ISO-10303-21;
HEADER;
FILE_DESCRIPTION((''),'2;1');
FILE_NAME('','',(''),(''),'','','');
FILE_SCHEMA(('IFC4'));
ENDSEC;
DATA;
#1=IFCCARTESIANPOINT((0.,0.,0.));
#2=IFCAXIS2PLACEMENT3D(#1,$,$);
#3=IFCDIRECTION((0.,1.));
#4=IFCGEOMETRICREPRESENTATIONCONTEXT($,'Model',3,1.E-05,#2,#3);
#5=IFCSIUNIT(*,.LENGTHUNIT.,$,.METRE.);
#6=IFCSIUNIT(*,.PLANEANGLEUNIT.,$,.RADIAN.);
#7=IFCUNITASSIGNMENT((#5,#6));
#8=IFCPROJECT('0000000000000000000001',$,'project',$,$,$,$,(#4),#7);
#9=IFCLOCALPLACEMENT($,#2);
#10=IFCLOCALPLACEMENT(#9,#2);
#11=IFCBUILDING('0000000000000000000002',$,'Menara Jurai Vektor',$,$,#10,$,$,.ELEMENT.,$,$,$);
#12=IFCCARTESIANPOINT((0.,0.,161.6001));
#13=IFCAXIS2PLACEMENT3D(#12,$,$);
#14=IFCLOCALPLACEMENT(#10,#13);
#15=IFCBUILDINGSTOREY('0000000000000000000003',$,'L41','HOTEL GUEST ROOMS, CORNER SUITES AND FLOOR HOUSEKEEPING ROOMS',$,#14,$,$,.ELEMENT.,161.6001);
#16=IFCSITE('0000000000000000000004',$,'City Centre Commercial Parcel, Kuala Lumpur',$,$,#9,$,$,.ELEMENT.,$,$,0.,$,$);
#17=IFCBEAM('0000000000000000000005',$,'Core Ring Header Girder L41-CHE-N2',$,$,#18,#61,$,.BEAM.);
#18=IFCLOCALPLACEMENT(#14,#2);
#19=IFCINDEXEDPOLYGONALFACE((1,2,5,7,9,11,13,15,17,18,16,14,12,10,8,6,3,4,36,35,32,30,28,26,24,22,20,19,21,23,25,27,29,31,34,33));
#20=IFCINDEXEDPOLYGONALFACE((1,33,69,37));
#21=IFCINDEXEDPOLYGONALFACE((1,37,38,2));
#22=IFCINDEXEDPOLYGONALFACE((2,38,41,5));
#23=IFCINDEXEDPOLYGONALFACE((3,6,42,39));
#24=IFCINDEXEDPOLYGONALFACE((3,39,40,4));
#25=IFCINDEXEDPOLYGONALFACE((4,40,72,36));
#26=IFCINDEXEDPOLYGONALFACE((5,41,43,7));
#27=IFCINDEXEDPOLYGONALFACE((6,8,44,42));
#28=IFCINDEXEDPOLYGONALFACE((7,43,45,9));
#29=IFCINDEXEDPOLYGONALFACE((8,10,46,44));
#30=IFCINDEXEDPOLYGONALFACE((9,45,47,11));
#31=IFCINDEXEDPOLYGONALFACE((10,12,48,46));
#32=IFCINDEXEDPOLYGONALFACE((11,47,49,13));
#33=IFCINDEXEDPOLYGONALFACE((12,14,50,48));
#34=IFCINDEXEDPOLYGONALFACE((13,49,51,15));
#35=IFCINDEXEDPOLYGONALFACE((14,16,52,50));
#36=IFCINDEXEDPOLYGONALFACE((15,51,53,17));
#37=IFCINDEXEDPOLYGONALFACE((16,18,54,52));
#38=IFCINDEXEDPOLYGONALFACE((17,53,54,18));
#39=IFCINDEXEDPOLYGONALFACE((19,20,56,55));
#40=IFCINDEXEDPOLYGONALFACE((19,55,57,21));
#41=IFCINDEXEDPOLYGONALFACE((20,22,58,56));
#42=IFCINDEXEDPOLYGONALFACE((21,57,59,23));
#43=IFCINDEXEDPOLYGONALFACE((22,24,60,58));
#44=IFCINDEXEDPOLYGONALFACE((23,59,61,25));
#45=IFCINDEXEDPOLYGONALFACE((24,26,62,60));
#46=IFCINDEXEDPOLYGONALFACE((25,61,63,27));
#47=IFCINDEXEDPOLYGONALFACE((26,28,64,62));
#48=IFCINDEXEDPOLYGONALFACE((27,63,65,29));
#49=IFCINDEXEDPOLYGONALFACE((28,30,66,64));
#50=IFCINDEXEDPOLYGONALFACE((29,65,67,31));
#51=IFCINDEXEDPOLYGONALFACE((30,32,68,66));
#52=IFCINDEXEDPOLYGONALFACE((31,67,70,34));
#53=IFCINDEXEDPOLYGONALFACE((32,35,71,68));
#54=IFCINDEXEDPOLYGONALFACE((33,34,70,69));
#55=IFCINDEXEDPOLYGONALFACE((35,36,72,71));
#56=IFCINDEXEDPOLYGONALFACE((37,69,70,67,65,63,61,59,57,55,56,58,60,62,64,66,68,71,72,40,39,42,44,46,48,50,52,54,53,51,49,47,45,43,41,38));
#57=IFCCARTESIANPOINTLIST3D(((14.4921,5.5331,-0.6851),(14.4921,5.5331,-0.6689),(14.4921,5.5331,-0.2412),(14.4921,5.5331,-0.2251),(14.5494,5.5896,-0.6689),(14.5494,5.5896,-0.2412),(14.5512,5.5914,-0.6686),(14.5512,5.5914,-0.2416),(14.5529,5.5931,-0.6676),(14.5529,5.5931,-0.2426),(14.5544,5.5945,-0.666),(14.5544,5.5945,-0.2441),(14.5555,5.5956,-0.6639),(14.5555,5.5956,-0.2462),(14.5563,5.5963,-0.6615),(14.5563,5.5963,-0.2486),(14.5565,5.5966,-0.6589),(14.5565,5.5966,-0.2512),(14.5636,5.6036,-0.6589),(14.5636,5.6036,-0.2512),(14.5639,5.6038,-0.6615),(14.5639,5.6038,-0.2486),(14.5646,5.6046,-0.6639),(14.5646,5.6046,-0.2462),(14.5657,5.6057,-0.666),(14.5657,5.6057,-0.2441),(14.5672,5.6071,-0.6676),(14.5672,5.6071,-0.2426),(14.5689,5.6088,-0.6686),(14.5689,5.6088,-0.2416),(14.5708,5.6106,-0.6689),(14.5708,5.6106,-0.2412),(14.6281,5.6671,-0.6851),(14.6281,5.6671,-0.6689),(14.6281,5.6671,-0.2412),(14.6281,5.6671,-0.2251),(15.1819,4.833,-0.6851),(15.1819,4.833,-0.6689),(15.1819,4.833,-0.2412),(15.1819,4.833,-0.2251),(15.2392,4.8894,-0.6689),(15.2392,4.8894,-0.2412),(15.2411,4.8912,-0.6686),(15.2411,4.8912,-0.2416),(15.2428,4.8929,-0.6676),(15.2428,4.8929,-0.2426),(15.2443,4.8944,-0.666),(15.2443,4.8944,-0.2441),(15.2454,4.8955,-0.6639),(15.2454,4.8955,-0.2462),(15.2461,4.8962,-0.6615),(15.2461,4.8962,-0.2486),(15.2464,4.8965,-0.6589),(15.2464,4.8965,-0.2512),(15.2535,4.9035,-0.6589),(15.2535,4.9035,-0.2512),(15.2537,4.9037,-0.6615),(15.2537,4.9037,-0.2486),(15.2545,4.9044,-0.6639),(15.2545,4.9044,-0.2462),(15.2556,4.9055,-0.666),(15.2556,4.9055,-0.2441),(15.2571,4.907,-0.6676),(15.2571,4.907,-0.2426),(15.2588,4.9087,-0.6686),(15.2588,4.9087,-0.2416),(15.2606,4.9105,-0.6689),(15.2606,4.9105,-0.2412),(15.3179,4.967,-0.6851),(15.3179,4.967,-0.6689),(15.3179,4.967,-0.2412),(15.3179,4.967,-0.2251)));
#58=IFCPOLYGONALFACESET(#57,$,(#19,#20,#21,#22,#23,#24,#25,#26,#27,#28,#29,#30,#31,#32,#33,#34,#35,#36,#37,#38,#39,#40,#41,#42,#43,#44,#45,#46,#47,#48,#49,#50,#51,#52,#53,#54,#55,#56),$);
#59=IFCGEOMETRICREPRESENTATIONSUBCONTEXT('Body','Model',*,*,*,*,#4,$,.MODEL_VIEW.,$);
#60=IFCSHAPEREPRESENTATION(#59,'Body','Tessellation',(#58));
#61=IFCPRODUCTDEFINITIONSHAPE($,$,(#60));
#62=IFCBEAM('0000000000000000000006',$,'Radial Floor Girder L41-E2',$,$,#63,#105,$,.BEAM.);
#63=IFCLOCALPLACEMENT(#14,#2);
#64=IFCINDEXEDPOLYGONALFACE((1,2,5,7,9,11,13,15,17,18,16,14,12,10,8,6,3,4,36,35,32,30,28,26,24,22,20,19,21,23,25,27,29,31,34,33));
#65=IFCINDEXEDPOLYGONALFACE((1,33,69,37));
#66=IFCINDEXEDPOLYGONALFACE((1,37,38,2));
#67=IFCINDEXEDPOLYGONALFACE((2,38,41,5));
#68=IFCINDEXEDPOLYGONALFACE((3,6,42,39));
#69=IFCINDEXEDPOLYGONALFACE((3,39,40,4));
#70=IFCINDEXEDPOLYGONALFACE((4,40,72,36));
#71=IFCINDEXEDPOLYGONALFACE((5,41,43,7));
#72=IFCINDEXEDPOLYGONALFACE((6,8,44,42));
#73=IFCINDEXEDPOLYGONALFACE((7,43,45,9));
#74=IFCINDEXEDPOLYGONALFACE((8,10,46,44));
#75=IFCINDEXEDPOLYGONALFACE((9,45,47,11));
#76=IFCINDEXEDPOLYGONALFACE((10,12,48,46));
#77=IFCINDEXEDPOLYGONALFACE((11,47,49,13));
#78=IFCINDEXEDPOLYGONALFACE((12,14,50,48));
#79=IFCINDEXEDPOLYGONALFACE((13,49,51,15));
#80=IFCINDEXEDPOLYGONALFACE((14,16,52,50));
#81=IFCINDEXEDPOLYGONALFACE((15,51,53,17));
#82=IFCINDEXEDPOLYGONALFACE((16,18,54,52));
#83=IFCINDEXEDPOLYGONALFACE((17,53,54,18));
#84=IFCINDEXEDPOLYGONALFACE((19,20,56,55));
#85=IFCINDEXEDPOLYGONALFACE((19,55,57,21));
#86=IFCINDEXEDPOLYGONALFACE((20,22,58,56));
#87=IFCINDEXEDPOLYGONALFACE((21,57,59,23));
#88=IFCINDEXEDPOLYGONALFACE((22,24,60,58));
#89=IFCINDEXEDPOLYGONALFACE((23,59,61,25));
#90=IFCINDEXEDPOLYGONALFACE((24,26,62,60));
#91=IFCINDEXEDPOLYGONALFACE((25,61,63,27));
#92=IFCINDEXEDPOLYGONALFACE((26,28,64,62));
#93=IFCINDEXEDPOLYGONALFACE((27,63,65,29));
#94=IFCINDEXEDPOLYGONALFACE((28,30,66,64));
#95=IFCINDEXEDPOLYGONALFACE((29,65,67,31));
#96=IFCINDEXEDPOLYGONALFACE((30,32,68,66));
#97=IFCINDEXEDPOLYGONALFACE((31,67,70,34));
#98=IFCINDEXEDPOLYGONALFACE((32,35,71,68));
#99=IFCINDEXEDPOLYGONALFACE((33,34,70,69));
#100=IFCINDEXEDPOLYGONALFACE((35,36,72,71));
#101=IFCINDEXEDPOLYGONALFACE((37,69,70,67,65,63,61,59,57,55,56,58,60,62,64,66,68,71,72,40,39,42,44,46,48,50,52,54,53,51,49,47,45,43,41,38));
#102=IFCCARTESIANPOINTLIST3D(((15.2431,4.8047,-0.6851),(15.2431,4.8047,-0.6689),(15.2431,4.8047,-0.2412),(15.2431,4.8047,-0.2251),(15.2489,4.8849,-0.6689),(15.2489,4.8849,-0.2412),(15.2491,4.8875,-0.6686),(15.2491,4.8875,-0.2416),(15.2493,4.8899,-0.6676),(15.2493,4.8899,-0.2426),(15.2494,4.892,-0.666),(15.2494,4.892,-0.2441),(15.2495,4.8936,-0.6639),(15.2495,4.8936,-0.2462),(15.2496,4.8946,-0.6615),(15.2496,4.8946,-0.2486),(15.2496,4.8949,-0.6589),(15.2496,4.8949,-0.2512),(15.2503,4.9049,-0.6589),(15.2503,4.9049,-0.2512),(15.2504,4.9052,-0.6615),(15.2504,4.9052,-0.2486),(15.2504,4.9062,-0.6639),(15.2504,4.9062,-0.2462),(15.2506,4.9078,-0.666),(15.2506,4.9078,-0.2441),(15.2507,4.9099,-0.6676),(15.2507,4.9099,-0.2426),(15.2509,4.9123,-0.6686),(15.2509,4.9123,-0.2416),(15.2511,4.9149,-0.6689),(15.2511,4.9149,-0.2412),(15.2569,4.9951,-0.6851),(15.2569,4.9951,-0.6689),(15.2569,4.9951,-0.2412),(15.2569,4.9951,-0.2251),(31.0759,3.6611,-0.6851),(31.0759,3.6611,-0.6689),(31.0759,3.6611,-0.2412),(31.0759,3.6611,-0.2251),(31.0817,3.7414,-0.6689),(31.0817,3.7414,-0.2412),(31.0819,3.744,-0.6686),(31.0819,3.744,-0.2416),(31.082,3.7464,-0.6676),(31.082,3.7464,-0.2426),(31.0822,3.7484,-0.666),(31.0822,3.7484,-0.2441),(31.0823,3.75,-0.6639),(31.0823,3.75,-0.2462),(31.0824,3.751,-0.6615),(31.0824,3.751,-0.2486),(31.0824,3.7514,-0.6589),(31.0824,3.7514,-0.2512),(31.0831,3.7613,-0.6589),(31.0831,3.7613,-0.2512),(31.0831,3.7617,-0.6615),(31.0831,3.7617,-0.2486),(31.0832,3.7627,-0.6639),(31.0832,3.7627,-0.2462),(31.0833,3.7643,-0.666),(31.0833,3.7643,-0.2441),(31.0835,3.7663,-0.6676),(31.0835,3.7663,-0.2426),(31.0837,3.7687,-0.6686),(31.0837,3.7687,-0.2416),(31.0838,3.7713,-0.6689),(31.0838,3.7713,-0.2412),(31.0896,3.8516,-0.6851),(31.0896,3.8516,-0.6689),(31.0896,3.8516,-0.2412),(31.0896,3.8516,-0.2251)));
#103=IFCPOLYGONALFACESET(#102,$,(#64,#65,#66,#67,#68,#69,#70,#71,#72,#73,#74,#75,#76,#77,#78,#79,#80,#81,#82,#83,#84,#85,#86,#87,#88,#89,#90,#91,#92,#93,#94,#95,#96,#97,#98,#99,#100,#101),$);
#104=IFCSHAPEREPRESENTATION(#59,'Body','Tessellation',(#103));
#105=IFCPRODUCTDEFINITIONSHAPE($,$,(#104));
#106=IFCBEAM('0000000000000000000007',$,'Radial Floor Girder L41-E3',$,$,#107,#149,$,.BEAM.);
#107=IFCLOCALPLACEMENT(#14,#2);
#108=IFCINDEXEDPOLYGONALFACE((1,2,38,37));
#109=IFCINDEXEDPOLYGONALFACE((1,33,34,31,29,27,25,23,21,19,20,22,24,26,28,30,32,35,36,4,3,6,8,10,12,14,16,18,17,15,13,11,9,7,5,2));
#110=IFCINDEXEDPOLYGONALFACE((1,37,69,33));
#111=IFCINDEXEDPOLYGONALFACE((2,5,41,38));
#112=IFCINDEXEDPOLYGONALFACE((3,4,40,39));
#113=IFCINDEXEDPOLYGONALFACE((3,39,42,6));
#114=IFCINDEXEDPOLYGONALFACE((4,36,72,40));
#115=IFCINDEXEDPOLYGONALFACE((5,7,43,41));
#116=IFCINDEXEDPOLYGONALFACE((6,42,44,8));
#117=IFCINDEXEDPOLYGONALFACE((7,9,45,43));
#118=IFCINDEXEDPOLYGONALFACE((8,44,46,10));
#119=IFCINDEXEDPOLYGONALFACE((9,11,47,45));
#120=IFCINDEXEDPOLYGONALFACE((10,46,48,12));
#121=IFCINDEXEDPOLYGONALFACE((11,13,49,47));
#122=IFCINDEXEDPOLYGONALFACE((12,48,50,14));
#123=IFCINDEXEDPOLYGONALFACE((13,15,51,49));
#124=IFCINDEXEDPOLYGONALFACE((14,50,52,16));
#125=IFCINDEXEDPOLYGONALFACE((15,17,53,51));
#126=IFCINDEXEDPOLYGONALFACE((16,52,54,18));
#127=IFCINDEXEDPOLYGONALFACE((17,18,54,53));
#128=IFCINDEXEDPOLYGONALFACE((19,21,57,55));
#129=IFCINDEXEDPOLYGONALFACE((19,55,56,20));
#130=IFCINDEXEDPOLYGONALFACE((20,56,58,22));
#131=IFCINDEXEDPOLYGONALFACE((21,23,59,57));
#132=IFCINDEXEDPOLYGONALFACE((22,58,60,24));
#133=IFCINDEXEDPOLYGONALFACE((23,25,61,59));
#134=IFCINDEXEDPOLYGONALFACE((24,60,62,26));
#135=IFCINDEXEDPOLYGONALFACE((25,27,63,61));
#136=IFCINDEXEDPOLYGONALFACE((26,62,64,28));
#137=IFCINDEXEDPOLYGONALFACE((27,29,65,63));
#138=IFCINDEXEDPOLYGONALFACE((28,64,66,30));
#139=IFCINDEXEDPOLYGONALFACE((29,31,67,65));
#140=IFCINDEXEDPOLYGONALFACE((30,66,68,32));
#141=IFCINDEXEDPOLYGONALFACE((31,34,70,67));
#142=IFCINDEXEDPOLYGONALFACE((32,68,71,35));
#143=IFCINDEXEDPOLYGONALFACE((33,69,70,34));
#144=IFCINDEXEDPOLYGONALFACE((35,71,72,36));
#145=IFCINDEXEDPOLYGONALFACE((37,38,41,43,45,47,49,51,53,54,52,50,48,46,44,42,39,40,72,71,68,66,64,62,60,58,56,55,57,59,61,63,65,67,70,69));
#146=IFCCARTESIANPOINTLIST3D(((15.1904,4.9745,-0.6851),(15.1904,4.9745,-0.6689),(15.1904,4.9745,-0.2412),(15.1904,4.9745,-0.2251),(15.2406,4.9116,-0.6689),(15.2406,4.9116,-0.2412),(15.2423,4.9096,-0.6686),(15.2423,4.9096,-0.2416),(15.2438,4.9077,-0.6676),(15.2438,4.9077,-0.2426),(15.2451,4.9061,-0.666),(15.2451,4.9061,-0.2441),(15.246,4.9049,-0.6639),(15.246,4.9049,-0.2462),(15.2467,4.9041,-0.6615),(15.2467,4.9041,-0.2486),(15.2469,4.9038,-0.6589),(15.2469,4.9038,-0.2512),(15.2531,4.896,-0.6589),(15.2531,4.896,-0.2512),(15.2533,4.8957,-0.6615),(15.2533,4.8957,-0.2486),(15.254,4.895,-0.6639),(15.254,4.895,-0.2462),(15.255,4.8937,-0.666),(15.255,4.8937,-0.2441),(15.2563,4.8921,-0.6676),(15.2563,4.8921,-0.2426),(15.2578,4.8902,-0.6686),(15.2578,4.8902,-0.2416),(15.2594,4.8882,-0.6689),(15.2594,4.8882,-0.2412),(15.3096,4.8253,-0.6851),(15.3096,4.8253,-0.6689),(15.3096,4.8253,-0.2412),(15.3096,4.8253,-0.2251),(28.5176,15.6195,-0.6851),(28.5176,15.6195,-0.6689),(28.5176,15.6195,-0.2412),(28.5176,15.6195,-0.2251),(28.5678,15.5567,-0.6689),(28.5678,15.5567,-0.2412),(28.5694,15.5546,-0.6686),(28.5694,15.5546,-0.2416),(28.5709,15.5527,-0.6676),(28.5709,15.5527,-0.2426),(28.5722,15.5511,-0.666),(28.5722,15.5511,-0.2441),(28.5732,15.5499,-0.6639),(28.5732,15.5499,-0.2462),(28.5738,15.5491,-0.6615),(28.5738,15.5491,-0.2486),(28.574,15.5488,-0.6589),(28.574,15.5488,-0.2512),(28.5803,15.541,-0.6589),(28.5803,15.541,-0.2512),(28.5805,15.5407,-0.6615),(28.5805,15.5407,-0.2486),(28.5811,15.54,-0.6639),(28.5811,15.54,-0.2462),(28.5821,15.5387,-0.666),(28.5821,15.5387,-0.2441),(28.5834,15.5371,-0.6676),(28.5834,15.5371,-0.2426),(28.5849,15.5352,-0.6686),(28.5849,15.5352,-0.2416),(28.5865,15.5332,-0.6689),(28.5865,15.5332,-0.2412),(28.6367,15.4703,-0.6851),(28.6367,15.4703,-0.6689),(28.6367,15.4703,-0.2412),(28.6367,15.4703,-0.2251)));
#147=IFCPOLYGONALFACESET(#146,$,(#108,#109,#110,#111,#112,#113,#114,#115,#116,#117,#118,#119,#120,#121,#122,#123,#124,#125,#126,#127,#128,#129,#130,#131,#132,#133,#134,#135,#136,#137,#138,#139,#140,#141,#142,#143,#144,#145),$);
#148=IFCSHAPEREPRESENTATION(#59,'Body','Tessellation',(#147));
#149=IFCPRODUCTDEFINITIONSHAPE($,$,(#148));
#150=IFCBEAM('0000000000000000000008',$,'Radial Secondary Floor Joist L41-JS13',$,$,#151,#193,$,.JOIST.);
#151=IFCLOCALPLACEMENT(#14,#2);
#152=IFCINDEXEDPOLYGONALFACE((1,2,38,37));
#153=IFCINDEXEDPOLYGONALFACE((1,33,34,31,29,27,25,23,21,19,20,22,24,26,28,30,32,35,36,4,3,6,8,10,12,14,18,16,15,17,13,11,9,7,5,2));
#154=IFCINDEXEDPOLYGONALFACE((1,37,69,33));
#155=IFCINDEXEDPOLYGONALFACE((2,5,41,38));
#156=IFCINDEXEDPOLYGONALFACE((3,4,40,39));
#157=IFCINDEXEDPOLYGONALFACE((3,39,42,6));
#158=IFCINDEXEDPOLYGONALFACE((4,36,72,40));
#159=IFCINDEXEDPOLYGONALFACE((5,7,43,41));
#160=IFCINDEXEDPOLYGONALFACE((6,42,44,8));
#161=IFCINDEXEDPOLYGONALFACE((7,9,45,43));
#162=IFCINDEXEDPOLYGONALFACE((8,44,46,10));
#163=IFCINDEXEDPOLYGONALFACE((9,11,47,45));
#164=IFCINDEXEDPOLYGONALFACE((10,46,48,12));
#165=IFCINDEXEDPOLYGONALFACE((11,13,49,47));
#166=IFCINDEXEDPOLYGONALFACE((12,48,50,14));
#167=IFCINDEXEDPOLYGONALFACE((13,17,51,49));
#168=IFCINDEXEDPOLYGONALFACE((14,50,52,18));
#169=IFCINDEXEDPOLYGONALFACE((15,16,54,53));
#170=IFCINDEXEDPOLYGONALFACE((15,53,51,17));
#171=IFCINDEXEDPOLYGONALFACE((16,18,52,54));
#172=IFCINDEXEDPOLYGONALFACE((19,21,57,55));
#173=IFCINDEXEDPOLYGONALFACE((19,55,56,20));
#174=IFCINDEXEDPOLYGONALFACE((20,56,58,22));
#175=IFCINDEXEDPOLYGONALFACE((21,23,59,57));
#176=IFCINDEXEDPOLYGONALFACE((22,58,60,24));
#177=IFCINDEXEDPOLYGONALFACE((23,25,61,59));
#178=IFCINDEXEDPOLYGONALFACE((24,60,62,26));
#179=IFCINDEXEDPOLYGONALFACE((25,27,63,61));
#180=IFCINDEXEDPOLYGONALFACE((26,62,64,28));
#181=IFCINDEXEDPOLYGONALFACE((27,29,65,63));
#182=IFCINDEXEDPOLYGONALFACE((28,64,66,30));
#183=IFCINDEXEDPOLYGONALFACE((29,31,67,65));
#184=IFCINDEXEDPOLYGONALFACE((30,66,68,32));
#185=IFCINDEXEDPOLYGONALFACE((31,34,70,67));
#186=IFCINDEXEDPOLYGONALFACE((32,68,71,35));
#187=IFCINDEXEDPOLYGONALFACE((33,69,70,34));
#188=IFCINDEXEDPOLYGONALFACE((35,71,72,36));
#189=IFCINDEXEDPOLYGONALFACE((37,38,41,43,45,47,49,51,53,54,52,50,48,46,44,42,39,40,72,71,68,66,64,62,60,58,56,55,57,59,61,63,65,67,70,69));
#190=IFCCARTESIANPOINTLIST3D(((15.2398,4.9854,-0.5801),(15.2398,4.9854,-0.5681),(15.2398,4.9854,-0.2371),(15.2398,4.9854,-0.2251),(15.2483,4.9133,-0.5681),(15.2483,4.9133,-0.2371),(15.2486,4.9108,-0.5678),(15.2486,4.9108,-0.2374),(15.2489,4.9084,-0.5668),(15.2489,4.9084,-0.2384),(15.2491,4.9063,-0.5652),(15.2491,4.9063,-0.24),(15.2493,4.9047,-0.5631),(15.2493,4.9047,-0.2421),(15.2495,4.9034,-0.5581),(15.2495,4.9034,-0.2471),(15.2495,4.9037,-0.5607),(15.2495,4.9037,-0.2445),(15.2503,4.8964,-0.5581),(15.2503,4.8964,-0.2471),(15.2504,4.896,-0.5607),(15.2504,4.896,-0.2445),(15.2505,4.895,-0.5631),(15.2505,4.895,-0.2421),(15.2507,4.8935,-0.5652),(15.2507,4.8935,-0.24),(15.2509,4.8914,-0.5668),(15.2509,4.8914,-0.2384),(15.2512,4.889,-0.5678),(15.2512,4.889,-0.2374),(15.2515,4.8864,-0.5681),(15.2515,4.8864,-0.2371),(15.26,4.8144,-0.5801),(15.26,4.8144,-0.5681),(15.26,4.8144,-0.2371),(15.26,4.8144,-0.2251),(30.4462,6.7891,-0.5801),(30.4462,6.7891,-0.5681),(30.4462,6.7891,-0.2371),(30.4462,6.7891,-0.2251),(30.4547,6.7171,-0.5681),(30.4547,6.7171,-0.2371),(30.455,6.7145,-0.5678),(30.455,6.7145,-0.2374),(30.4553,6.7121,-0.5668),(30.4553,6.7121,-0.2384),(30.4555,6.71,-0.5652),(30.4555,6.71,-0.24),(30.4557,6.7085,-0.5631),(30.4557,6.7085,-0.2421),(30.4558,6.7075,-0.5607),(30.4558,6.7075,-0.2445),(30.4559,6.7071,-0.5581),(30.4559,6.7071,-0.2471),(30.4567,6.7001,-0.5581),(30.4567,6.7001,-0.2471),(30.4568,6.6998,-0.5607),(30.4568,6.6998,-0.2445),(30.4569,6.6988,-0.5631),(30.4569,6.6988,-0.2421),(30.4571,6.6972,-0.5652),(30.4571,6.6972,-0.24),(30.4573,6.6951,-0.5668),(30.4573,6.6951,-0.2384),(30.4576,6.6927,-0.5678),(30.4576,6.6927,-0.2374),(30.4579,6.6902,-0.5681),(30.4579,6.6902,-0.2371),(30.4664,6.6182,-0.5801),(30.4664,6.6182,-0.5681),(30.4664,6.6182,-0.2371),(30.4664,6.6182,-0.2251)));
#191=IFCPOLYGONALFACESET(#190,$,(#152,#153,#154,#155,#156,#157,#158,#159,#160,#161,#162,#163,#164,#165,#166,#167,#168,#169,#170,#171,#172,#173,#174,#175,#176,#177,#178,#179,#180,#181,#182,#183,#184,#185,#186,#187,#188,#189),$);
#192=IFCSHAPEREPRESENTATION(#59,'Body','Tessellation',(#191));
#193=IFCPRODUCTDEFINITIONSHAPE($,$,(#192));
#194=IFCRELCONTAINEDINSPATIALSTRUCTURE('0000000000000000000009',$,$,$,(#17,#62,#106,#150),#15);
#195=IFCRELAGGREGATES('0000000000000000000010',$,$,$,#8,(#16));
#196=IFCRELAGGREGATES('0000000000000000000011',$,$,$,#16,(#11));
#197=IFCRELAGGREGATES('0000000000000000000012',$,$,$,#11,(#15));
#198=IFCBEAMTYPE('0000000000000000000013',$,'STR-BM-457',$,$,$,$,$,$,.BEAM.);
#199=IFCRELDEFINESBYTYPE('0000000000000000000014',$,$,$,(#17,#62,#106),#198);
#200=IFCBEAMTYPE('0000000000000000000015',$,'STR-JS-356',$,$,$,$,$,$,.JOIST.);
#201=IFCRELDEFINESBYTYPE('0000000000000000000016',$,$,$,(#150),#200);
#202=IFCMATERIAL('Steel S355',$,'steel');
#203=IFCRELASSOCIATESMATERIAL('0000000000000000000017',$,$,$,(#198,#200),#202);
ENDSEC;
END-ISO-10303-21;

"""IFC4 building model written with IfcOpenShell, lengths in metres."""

from ifc_helpers import new_model, si_unit, direction, frame, origin, origin_2d, place, context, subcontext, project, spatial, i_section, extrude, material, material_profile, profile_set, type_object, element, save


model = new_model("IFC4")

# Units and contexts
model_context = context("Model", 3, precision=1e-05, world=origin(), true_north=direction((0.0, 1.0)))
body_context = subcontext(model_context, "Body", "Model", "MODEL_VIEW")
ifc_project = project(units=[si_unit("LENGTHUNIT", "METRE"), si_unit("PLANEANGLEUNIT", "RADIAN")], contexts=[model_context])

# Site, building, storey
site_placement = place(None, origin())
site = spatial("IfcSite", under=ifc_project, at=site_placement, Name="City Centre Commercial Parcel, Kuala Lumpur", CompositionType="ELEMENT", RefElevation=0.0)
building_placement = place(site_placement, origin())
building = spatial("IfcBuilding", under=site, at=building_placement, Name="Menara Jurai Vektor", CompositionType="ELEMENT")
storey_placement = place(building_placement, frame((0.0, 0.0, 161.6001)))
storey = spatial("IfcBuildingStorey", under=building, at=storey_placement, Name="L41", Description="HOTEL GUEST ROOMS, CORNER SUITES AND FLOOR HOUSEKEEPING ROOMS", CompositionType="ELEMENT", Elevation=161.6001)

# Beams
ifc_material_1 = material(Name="Steel S355", Category="steel")
ifc_material_profile_1 = material_profile(ifc_material_1, i_section(OverallWidth=0.1909, OverallDepth=0.46, WebThickness=0.01, FlangeThickness=0.0161, FilletRadius=0.01, at=origin_2d()), Name="UKB 457x191x82")
ifc_profile_set_1 = profile_set([ifc_material_profile_1], Name="Steel S355")
beam_type_1 = type_object("IfcBeamType", Name="STR-BM-457", PredefinedType="BEAM", material=ifc_profile_set_1)
beam_1_placement = place(storey_placement, frame((14.5601, 5.6001, -0.4551), z_axis=(0.701872, -0.712303, 0.0), x_axis=(0.712303, 0.701872, 0.0)))
element("IfcBeam", 1, at=beam_1_placement, inside=storey, type_object=beam_type_1, Name="Core Ring Header Girder L41-CHE-N2", PredefinedType="BEAM", context=body_context, shape_type="SweptSolid", body=[
    extrude(i_section(OverallWidth=0.1909, OverallDepth=0.46, WebThickness=0.01, FlangeThickness=0.0161, FilletRadius=0.01, at=origin_2d()), origin(), (0.0, 0.0, 1.0), 0.9829),
])
beam_2_placement = place(storey_placement, frame((31.0828, 3.7563, -0.4551), z_axis=(-0.997402, 0.072039, 0.0), x_axis=(-0.072039, -0.997402, 0.0)))
element("IfcBeam", 2, at=beam_2_placement, inside=storey, type_object=beam_type_1, Name="Radial Floor Girder L41-E2", PredefinedType="BEAM", context=body_context, shape_type="SweptSolid", body=[
    extrude(i_section(OverallWidth=0.1909, OverallDepth=0.46, WebThickness=0.01, FlangeThickness=0.0161, FilletRadius=0.01, at=origin_2d()), origin(), (0.0, 0.0, 1.0), 15.874),
])
beam_3_placement = place(storey_placement, frame((28.5771, 15.5449, -0.4551), z_axis=(-0.781346, -0.624098, 0.0), x_axis=(0.624098, -0.781346, 0.0)))
element("IfcBeam", 3, at=beam_3_placement, inside=storey, type_object=beam_type_1, Name="Radial Floor Girder L41-E3", PredefinedType="BEAM", context=body_context, shape_type="SweptSolid", body=[
    extrude(i_section(OverallWidth=0.1909, OverallDepth=0.46, WebThickness=0.01, FlangeThickness=0.0161, FilletRadius=0.01, at=origin_2d()), origin(), (0.0, 0.0, 1.0), 17.0566),
])
ifc_material_profile_2 = material_profile(ifc_material_1, i_section(OverallWidth=0.1721, OverallDepth=0.355, WebThickness=0.0071, FlangeThickness=0.012, FilletRadius=0.01, at=origin_2d()), Name="UKB 356x171x51")
ifc_profile_set_2 = profile_set([ifc_material_profile_2], Name="Steel S355")
beam_type_2 = type_object("IfcBeamType", Name="STR-JS-356", PredefinedType="JOIST", material=ifc_profile_set_2)
beam_4_placement = place(storey_placement, frame((30.4563, 6.7036, -0.4026), z_axis=(-0.993038, -0.11779, 0.0), x_axis=(0.11779, -0.993038, 0.0)))
element("IfcBeam", 4, at=beam_4_placement, inside=storey, type_object=beam_type_2, Name="Radial Secondary Floor Joist L41-JS13", PredefinedType="JOIST", context=body_context, shape_type="SweptSolid", body=[
    extrude(i_section(OverallWidth=0.1721, OverallDepth=0.355, WebThickness=0.0071, FlangeThickness=0.012, FilletRadius=0.01, at=origin_2d()), origin(), (0.0, 0.0, 1.0), 15.313),
])

save(model, "model.ifc")
